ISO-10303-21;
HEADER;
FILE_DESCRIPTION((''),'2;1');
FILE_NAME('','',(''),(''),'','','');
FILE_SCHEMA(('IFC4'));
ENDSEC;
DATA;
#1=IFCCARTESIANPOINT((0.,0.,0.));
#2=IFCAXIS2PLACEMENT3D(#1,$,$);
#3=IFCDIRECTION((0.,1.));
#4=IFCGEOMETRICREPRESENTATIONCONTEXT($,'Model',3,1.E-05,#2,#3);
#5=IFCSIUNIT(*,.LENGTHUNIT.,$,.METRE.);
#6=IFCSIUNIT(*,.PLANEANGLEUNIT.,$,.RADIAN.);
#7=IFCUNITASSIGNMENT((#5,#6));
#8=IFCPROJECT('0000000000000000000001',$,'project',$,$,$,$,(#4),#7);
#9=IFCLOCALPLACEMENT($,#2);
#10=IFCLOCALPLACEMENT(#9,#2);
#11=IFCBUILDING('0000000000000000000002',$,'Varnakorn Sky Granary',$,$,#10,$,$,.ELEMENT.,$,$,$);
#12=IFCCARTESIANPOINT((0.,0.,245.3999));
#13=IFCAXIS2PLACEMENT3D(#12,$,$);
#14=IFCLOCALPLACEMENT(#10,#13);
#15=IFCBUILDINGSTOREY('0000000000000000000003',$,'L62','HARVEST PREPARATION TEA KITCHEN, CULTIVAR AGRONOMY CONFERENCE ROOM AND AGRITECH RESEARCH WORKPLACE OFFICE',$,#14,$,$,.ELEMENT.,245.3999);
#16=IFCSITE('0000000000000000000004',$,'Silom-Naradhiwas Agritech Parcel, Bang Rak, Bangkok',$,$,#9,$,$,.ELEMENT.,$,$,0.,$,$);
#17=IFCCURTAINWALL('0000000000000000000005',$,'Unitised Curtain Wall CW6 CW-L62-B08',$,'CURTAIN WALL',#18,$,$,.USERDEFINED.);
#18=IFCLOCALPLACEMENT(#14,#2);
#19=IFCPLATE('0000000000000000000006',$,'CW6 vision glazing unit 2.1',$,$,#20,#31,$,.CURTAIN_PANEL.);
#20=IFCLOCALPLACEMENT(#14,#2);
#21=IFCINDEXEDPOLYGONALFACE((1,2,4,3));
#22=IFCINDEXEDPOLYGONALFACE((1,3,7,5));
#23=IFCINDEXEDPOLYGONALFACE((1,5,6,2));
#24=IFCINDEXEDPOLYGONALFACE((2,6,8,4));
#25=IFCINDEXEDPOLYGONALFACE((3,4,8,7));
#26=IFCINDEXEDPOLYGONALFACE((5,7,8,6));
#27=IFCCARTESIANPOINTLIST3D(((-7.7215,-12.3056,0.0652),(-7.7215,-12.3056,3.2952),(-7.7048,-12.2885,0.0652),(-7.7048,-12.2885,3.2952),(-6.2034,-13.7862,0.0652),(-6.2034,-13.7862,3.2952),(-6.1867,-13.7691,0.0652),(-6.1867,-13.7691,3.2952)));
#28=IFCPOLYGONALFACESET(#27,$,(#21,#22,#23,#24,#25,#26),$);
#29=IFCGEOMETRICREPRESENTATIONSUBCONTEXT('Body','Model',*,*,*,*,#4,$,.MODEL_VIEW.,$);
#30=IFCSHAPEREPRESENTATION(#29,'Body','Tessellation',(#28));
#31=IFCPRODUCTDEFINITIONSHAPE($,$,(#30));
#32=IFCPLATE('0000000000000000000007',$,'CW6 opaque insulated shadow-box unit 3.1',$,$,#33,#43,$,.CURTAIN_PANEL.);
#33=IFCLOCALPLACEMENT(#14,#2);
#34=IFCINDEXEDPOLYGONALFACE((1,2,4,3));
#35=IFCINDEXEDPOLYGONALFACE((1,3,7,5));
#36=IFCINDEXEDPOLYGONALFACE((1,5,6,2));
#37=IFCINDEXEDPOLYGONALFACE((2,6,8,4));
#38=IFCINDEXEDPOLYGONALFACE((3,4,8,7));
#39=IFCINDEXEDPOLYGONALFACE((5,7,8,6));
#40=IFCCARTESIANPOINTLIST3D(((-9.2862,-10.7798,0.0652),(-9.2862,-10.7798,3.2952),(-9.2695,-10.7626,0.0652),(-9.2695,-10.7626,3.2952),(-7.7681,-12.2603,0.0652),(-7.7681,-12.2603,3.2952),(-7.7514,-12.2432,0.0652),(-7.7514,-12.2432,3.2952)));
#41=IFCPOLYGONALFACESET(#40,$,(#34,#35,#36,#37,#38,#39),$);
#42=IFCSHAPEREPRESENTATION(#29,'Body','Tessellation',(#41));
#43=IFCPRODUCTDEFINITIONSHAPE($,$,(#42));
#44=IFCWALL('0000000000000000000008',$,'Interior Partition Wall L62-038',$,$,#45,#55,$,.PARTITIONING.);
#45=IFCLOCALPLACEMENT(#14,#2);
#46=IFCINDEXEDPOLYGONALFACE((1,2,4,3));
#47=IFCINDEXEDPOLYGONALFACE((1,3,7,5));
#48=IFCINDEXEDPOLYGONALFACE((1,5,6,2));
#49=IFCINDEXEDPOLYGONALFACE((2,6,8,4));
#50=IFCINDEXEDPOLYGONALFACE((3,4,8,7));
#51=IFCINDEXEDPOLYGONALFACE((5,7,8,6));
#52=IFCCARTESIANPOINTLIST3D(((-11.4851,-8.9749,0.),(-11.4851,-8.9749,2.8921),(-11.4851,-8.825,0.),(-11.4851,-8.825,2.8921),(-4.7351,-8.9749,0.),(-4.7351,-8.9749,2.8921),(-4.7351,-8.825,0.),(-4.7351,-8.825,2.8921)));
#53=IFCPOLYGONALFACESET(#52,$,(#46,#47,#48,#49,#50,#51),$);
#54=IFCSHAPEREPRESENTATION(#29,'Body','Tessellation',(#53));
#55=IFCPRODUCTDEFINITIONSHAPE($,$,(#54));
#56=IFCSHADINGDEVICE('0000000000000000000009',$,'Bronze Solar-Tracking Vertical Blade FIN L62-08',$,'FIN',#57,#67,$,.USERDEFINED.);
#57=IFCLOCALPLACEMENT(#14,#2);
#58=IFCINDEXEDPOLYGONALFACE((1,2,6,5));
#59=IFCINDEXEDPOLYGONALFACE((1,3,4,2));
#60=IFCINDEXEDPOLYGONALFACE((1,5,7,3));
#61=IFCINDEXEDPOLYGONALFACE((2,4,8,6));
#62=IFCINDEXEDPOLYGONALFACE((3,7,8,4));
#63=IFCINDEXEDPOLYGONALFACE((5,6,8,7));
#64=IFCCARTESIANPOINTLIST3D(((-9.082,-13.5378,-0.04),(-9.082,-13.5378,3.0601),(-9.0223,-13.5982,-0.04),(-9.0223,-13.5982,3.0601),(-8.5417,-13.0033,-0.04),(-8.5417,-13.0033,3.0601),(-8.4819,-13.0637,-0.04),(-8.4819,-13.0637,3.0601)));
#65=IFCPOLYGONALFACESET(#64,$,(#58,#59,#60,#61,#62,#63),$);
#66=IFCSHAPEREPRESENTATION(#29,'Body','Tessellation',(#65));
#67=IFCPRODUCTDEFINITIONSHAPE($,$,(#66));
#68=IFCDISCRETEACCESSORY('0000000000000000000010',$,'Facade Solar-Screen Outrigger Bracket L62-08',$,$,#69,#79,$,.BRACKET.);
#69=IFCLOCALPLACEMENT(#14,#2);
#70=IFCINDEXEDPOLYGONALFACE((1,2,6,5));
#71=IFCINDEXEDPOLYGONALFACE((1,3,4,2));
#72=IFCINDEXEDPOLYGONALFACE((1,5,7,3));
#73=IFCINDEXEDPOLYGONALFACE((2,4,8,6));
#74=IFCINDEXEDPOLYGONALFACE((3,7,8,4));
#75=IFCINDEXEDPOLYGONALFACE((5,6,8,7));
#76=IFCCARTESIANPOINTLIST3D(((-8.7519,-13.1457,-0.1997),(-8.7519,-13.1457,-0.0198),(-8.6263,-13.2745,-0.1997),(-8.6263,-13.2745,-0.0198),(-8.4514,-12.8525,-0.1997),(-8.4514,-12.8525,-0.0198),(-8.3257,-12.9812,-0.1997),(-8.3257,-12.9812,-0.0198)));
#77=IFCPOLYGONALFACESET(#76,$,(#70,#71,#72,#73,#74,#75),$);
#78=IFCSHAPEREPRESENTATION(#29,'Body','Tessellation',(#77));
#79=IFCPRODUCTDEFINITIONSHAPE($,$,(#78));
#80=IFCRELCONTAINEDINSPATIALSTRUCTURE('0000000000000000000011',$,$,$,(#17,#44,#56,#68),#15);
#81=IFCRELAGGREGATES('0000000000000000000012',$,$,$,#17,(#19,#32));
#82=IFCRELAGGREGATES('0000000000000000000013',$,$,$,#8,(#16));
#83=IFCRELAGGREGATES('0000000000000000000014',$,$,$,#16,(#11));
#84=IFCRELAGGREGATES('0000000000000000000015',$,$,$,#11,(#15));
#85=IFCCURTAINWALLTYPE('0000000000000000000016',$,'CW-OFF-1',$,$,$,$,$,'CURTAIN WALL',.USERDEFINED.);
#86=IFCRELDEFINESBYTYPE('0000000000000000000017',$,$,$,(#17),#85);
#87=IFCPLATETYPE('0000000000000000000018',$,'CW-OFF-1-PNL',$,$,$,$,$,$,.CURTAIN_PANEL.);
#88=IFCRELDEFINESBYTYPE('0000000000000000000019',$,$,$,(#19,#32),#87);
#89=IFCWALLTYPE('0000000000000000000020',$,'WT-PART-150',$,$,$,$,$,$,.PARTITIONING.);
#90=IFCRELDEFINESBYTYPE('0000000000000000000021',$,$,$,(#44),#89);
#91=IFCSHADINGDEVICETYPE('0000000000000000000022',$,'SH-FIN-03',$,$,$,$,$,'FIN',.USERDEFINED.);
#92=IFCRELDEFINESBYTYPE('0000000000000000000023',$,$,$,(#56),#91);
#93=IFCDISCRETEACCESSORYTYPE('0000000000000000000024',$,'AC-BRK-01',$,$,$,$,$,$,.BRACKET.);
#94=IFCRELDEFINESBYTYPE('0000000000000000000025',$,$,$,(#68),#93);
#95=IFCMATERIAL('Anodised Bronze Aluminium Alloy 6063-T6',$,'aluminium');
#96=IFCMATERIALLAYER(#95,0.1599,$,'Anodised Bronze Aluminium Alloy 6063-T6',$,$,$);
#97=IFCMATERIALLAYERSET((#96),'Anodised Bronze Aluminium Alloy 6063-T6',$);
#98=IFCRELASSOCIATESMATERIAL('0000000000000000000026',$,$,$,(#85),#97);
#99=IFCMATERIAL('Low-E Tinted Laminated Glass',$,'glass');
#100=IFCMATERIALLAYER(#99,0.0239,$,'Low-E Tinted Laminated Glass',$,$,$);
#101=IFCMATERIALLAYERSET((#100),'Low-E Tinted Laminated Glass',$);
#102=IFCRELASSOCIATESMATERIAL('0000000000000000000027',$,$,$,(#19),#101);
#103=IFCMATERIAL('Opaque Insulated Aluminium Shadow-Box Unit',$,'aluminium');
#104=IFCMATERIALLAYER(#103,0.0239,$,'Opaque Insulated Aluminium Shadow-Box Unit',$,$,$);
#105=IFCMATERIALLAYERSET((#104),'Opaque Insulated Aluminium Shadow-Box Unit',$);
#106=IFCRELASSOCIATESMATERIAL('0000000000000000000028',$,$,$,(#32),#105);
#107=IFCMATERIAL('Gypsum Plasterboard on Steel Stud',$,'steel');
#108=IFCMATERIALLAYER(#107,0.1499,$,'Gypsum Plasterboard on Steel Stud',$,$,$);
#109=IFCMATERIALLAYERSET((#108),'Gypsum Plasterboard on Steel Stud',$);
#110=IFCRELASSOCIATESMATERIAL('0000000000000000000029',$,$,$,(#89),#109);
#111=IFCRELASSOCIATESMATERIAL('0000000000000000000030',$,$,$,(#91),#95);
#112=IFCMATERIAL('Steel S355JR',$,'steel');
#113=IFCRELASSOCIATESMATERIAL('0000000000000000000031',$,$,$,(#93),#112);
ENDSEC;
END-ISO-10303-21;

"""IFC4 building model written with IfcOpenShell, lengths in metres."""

from ifc_helpers import new_model, si_unit, direction, frame, frame_2d, origin, origin_2d, place, context, subcontext, project, spatial, rectangle, extrude, source, transform, mapped, material, layer, layer_set, type_object, type_shapes, element, aggregate, save


model = new_model("IFC4")

# Units and contexts
model_context = context("Model", 3, precision=1e-05, world=origin(), true_north=direction((0.0, 1.0)))
body_context = subcontext(model_context, "Body", "Model", "MODEL_VIEW")
ifc_project = project(units=[si_unit("LENGTHUNIT", "METRE"), si_unit("PLANEANGLEUNIT", "RADIAN")], contexts=[model_context])

# Site, building, storey
site_placement = place(None, origin())
site = spatial("IfcSite", under=ifc_project, at=site_placement, Name="Silom-Naradhiwas Agritech Parcel, Bang Rak, Bangkok", CompositionType="ELEMENT", RefElevation=0.0)
building_placement = place(site_placement, origin())
building = spatial("IfcBuilding", under=site, at=building_placement, Name="Varnakorn Sky Granary", CompositionType="ELEMENT")
storey_placement = place(building_placement, frame((0.0, 0.0, 245.3999)))
storey = spatial("IfcBuildingStorey", under=building, at=storey_placement, Name="L62", Description="HARVEST PREPARATION TEA KITCHEN, CULTIVAR AGRONOMY CONFERENCE ROOM AND AGRITECH RESEARCH WORKPLACE OFFICE", CompositionType="ELEMENT", Elevation=245.3999)

# Shared definitions
ifc_material_1 = material(Name="Steel S355JR", Category="steel")

# Shared definitions
ifc_material_2 = material(Name="Anodised Bronze Aluminium Alloy 6063-T6", Category="aluminium")
ifc_layer_1 = layer(ifc_material_2, 0.1599, Name="Anodised Bronze Aluminium Alloy 6063-T6")
ifc_layer_set_1 = layer_set([ifc_layer_1], Name="Anodised Bronze Aluminium Alloy 6063-T6")
curtain_wall_type = type_object("IfcCurtainWallType", Name="CW-OFF-1", ElementType="CURTAIN WALL", PredefinedType="USERDEFINED", material=ifc_layer_set_1)

# Curtain wall
curtain_wall_1_placement = place(storey_placement, origin())
curtain_wall_1 = element("IfcCurtainWall", 1, at=curtain_wall_1_placement, inside=storey, type_object=curtain_wall_type, Name="Unitised Curtain Wall CW6 CW-L62-B08", ObjectType="CURTAIN WALL", PredefinedType="USERDEFINED")

# Plates
ifc_material_3 = material(Name="Opaque Insulated Aluminium Shadow-Box Unit", Category="aluminium")
ifc_layer_2 = layer(ifc_material_3, 0.0239, Name="Opaque Insulated Aluminium Shadow-Box Unit")
ifc_layer_set_2 = layer_set([ifc_layer_2], Name="Opaque Insulated Aluminium Shadow-Box Unit")
plate_type = type_object("IfcPlateType", Name="CW-OFF-1-PNL", PredefinedType="CURTAIN_PANEL")
ifc_material_4 = material(Name="Low-E Tinted Laminated Glass", Category="glass")
ifc_layer_3 = layer(ifc_material_4, 0.0239, Name="Low-E Tinted Laminated Glass")
ifc_layer_set_3 = layer_set([ifc_layer_3], Name="Low-E Tinted Laminated Glass")
shared_shape_1 = source(origin(), body_context, "Body", "SweptSolid", [
    extrude(rectangle(XDim=2.1206, YDim=0.0239, at=origin_2d()), origin(), (0.0, 0.0, 1.0), 3.23),
])
plate_1_placement = place(storey_placement, frame((-6.9541, -13.0374, 0.0652), z_axis=(0.0, 0.0, 1.0), x_axis=(-0.715922, 0.698181, 0.0)))
plate_1 = element("IfcPlate", 2, at=plate_1_placement, type_object=plate_type, material=ifc_layer_set_3, Name="CW6 vision glazing unit 2.1", PredefinedType="CURTAIN_PANEL", context=body_context, shape_type="MappedRepresentation", body=[
    mapped(shared_shape_1, transform((0.0, 0.0, 0.0), x_axis=(1.0, 0.0, 0.0), y_axis=(0.0, 1.0, 0.0), z_axis=(0.0, 0.0, 1.0), scale=1.0)),
])
plate_2_placement = place(storey_placement, frame((-8.5188, -11.5115, 0.0652), z_axis=(0.0, 0.0, 1.0), x_axis=(-0.715922, 0.698181, 0.0)))
plate_2 = element("IfcPlate", 3, at=plate_2_placement, type_object=plate_type, material=ifc_layer_set_2, Name="CW6 opaque insulated shadow-box unit 3.1", PredefinedType="CURTAIN_PANEL", context=body_context, shape_type="MappedRepresentation", body=[
    mapped(shared_shape_1, transform((0.0, 0.0, 0.0), x_axis=(1.0, 0.0, 0.0), y_axis=(0.0, 1.0, 0.0), z_axis=(0.0, 0.0, 1.0), scale=1.0)),
])
aggregate(curtain_wall_1, [plate_1, plate_2])

# Wall
ifc_material_5 = material(Name="Gypsum Plasterboard on Steel Stud", Category="steel")
ifc_layer_4 = layer(ifc_material_5, 0.1499, Name="Gypsum Plasterboard on Steel Stud")
ifc_layer_set_4 = layer_set([ifc_layer_4], Name="Gypsum Plasterboard on Steel Stud")
wall_type = type_object("IfcWallType", Name="WT-PART-150", PredefinedType="PARTITIONING", material=ifc_layer_set_4)
wall_placement = place(storey_placement, frame((-11.4851, -8.8999, 0.0), z_axis=(0.0, 0.0, 1.0), x_axis=(1.0, 0.0, 0.0)))
element("IfcWall", 4, at=wall_placement, inside=storey, type_object=wall_type, Name="Interior Partition Wall L62-038", PredefinedType="PARTITIONING", context=body_context, shape_type="SweptSolid", body=[
    extrude(rectangle(XDim=6.75, YDim=0.1499, at=frame_2d((3.375, 0.0))), origin(), (0.0, 0.0, 1.0), 2.8921),
])

# Shading device
shading_device_type = type_object("IfcShadingDeviceType", Name="SH-FIN-03", ElementType="FIN", PredefinedType="USERDEFINED", material=ifc_material_2)
shared_shape_2 = source(origin(), body_context, "Body", "SweptSolid", [
    extrude(rectangle(XDim=0.085, YDim=0.76, at=origin_2d()), origin(), (0.0, 0.0, 1.0), 3.1001),
])
type_shapes(shading_device_type, [shared_shape_2])
shading_device_placement = place(storey_placement, frame((-8.782, -13.3008, -0.04), z_axis=(0.0, 0.0, 1.0), x_axis=(0.703258, -0.710934, 0.0)))
element("IfcShadingDevice", 5, at=shading_device_placement, inside=storey, type_object=shading_device_type, Name="Bronze Solar-Tracking Vertical Blade FIN L62-08", ObjectType="FIN", PredefinedType="USERDEFINED", context=body_context, shape_type="MappedRepresentation", body=[
    mapped(shared_shape_2, transform((0.0, 0.0, 0.0), x_axis=(1.0, 0.0, 0.0), y_axis=(0.0, 1.0, 0.0), z_axis=(0.0, 0.0, 1.0), scale=1.0)),
])

# Discrete accessory
discrete_accessory_type = type_object("IfcDiscreteAccessoryType", Name="AC-BRK-01", PredefinedType="BRACKET", material=ifc_material_1)
shared_shape_3 = source(origin(), body_context, "Body", "SweptSolid", [
    extrude(rectangle(XDim=0.1799, YDim=0.4199, at=origin_2d()), origin(), (0.0, 0.0, 1.0), 0.1799),
])
type_shapes(discrete_accessory_type, [shared_shape_3])
discrete_accessory_placement = place(storey_placement, frame((-8.5388, -13.0635, -0.1997), z_axis=(0.0, 0.0, 1.0), x_axis=(0.698361, -0.715745, 0.0)))
element("IfcDiscreteAccessory", 6, at=discrete_accessory_placement, inside=storey, type_object=discrete_accessory_type, Name="Facade Solar-Screen Outrigger Bracket L62-08", PredefinedType="BRACKET", context=body_context, shape_type="MappedRepresentation", body=[
    mapped(shared_shape_3, transform((0.0, 0.0, 0.0), x_axis=(1.0, 0.0, 0.0), y_axis=(0.0, 1.0, 0.0), z_axis=(0.0, 0.0, 1.0), scale=1.0)),
])

save(model, "model.ifc")
